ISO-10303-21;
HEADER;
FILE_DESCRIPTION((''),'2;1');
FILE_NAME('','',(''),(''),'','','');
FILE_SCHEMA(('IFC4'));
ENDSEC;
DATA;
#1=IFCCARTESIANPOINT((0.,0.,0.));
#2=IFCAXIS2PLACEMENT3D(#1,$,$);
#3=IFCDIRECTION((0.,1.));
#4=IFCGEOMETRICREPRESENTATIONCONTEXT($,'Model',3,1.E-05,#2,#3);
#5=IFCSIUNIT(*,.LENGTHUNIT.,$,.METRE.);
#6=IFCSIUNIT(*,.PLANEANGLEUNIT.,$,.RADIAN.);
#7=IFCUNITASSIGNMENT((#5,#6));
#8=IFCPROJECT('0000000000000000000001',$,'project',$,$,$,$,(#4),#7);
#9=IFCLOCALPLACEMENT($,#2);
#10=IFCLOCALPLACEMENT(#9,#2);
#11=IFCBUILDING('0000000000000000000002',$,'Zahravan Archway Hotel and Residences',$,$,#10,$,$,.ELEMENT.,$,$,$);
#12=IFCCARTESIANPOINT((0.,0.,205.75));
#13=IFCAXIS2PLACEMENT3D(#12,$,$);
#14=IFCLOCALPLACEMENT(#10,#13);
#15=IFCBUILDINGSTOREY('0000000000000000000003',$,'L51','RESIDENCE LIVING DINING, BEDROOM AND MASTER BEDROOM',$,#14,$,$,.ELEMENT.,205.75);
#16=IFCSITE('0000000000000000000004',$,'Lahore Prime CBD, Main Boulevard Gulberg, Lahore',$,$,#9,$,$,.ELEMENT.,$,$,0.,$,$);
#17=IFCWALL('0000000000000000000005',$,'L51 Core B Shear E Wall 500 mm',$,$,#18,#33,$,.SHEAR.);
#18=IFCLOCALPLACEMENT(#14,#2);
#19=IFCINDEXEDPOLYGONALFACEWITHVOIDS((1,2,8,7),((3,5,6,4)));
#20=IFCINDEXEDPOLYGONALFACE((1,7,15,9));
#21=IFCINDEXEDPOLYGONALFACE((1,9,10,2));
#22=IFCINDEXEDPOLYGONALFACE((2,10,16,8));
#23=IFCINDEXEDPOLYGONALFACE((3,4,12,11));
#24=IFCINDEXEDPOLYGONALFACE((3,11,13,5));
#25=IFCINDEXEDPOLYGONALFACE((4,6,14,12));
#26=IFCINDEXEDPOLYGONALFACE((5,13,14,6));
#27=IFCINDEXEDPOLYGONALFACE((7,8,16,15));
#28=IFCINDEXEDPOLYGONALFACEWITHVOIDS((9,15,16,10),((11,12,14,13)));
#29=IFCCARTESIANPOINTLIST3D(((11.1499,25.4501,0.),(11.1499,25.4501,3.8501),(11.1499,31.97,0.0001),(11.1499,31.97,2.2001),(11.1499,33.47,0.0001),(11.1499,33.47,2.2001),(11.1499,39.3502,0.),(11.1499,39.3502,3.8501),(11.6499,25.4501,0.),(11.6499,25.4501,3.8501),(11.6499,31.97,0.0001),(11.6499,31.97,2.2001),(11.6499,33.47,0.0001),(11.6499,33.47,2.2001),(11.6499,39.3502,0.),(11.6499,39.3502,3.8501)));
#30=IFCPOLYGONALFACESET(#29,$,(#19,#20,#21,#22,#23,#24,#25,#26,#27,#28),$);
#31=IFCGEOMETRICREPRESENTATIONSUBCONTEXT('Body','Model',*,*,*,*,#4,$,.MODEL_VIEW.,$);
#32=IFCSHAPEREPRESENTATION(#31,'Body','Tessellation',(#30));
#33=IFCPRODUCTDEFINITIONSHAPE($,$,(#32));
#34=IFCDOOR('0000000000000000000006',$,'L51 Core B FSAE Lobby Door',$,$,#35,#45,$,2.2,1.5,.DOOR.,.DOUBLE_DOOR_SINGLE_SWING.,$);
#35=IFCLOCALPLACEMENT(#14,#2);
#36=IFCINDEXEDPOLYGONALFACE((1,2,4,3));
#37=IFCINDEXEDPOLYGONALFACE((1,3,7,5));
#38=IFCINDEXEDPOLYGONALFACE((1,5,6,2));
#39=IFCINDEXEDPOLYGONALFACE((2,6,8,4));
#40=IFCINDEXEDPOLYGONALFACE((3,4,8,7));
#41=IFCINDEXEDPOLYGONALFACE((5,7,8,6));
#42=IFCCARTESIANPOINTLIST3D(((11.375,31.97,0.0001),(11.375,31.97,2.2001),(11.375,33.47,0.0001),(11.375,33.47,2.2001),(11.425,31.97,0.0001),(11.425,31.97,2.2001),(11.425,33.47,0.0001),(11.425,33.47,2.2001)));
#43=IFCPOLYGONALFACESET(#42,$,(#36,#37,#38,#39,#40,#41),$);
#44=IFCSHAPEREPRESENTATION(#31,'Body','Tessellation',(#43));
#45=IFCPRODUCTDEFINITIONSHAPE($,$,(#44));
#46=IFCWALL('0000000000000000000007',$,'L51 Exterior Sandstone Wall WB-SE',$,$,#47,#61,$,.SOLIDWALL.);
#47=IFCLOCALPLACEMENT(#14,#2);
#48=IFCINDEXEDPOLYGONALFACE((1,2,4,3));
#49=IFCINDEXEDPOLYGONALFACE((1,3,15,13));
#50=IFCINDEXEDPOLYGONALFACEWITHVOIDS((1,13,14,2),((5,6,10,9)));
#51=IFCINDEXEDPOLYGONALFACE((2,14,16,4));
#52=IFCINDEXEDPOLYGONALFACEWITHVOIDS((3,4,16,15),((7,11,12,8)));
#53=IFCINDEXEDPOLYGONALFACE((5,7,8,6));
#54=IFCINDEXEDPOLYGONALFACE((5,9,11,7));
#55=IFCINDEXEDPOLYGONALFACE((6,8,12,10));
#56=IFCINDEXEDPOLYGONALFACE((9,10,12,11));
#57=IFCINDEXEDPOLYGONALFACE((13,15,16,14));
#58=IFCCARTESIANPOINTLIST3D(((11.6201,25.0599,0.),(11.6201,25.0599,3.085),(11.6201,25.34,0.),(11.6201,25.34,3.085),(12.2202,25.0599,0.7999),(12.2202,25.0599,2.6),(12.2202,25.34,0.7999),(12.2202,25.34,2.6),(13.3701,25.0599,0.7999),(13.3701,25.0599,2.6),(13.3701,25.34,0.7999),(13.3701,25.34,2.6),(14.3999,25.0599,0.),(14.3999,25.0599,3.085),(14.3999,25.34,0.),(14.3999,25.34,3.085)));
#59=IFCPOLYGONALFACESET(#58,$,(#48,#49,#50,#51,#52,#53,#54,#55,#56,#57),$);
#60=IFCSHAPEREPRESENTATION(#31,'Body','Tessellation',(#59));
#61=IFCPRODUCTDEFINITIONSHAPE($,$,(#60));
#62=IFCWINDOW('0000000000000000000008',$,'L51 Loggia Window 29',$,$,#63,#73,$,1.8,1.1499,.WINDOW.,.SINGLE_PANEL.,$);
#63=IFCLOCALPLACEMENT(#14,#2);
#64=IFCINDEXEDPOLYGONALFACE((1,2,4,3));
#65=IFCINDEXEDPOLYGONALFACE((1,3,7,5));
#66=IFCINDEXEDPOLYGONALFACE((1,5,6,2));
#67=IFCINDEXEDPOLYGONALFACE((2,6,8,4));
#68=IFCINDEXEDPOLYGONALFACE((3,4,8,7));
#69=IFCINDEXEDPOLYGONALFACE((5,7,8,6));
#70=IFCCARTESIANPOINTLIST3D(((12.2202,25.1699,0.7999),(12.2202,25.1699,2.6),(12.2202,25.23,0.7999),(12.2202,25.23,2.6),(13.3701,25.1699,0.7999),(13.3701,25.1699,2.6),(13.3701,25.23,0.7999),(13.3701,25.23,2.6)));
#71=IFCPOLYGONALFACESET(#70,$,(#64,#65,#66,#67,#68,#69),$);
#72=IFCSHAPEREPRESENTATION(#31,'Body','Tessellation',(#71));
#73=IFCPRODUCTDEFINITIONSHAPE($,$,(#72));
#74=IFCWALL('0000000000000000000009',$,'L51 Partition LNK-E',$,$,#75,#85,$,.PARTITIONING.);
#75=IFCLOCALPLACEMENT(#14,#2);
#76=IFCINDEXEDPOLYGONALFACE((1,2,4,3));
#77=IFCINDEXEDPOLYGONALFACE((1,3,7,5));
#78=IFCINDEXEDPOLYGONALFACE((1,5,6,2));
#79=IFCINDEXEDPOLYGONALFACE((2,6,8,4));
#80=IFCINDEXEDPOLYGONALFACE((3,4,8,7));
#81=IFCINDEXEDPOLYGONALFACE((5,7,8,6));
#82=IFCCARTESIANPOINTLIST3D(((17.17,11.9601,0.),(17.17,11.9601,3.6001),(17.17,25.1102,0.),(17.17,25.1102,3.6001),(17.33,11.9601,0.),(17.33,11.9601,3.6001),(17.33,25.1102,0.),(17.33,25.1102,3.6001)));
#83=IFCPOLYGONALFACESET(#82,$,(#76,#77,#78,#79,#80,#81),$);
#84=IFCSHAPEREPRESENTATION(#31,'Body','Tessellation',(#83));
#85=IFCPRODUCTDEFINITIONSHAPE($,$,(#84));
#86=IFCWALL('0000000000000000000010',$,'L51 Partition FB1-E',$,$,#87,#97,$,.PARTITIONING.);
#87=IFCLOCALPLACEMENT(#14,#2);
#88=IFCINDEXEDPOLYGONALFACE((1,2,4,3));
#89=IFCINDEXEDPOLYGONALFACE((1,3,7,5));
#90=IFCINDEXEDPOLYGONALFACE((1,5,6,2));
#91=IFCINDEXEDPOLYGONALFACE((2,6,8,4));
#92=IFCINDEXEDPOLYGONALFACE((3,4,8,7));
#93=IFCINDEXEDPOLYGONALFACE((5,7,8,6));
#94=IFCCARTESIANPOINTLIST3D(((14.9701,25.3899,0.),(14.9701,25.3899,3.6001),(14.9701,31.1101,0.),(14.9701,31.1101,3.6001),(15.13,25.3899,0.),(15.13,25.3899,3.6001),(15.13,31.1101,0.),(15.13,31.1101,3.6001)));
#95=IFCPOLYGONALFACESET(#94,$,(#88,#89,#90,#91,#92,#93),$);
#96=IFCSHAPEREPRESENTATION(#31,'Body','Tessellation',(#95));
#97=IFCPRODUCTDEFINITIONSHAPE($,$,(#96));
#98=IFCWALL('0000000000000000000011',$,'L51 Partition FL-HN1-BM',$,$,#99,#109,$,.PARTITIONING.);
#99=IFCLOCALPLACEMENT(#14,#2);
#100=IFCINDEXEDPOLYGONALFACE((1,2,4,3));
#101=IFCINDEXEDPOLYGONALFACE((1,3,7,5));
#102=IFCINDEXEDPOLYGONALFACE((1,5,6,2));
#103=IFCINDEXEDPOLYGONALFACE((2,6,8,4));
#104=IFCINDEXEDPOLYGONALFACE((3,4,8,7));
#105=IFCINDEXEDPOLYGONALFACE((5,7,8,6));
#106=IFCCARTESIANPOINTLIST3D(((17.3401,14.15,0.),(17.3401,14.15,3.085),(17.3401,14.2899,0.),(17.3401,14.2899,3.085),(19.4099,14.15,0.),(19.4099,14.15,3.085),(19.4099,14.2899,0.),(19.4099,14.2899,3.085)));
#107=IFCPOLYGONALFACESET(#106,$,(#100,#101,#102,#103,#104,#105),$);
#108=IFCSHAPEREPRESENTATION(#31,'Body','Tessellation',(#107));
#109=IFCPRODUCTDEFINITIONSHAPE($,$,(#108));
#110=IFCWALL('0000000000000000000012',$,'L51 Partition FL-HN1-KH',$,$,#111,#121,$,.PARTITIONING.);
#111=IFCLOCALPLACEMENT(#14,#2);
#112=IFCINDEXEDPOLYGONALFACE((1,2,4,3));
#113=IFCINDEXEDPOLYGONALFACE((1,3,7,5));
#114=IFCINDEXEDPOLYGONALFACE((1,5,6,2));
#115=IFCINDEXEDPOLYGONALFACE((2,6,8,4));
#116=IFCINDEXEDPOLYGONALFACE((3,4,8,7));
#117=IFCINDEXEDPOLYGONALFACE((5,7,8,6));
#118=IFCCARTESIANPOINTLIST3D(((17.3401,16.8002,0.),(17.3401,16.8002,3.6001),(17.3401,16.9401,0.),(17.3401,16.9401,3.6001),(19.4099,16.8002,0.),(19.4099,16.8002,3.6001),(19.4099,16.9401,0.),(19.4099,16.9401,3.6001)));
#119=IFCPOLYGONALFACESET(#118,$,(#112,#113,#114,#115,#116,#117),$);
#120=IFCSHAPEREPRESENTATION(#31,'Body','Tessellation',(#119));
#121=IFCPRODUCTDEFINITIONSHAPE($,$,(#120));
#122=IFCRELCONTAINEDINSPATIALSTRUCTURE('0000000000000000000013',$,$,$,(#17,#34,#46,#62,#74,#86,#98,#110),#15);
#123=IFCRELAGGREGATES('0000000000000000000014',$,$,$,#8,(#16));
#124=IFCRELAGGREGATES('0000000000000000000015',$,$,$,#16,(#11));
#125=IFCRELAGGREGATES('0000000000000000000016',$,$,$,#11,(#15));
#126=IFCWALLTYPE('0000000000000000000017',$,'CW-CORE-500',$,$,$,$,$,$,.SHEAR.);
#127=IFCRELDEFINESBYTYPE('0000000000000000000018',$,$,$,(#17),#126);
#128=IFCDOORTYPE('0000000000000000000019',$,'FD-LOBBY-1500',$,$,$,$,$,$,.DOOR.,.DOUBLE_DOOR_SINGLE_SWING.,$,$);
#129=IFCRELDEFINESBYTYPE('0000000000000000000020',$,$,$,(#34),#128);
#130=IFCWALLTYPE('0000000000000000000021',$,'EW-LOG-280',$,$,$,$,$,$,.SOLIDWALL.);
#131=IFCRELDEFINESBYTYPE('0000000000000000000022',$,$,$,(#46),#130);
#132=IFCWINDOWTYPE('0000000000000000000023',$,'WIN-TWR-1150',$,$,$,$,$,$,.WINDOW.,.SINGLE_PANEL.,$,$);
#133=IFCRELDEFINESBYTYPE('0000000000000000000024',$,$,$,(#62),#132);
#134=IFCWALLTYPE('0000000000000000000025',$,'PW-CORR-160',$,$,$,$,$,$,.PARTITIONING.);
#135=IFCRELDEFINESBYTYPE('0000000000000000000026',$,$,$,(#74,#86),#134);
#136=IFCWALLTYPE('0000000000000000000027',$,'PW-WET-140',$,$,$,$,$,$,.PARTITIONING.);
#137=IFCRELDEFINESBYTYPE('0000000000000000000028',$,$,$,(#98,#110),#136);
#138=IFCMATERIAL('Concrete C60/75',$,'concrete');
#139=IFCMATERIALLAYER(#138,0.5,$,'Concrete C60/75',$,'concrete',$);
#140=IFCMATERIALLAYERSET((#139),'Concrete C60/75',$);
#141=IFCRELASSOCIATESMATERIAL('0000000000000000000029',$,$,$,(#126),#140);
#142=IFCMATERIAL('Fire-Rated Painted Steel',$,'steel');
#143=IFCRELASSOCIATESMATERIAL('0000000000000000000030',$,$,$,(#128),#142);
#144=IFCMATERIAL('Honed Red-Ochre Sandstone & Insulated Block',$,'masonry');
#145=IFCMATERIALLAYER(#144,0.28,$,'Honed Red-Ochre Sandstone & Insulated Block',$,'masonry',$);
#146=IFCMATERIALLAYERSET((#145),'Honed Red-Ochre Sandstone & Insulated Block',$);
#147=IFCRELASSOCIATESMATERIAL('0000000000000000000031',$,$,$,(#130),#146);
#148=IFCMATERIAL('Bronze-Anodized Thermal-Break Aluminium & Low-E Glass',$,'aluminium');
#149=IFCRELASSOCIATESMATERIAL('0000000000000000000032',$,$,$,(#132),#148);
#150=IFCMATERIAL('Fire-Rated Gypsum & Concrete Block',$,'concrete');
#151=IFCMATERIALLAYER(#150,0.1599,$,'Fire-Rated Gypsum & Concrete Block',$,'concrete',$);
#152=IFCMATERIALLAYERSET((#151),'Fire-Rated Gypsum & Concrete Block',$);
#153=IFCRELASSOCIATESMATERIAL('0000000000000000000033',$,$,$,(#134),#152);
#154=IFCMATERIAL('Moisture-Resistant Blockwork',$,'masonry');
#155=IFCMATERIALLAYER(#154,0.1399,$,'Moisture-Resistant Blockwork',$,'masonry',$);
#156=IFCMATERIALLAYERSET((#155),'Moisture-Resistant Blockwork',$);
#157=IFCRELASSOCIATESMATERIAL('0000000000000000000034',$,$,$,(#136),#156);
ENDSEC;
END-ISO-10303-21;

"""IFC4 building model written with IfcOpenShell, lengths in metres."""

from ifc_helpers import new_model, si_unit, direction, frame, frame_2d, origin, place, context, subcontext, project, spatial, rectangle, extrude, source, transform, mapped, material, layer, layer_set, type_object, type_shapes, element, fill, save


model = new_model("IFC4")

# Units and contexts
model_context = context("Model", 3, precision=1e-05, world=origin(), true_north=direction((0.0, 1.0)))
body_context = subcontext(model_context, "Body", "Model", "MODEL_VIEW")
ifc_project = project(units=[si_unit("LENGTHUNIT", "METRE"), si_unit("PLANEANGLEUNIT", "RADIAN")], contexts=[model_context])

# Site, building, storey
site_placement = place(None, origin())
site = spatial("IfcSite", under=ifc_project, at=site_placement, Name="Lahore Prime CBD, Main Boulevard Gulberg, Lahore", CompositionType="ELEMENT", RefElevation=0.0)
building_placement = place(site_placement, origin())
building = spatial("IfcBuilding", under=site, at=building_placement, Name="Zahravan Archway Hotel and Residences", CompositionType="ELEMENT")
storey_placement = place(building_placement, frame((0.0, 0.0, 205.75)))
storey = spatial("IfcBuildingStorey", under=building, at=storey_placement, Name="L51", Description="RESIDENCE LIVING DINING, BEDROOM AND MASTER BEDROOM", CompositionType="ELEMENT", Elevation=205.75)

# Shared definitions
ifc_material_1 = material(Name="Concrete C60/75", Category="concrete")

# Wall, opening, door
ifc_layer_1 = layer(ifc_material_1, 0.5, Name="Concrete C60/75", Category="concrete")
ifc_layer_set_1 = layer_set([ifc_layer_1], Name="Concrete C60/75")
wall_type_1 = type_object("IfcWallType", Name="CW-CORE-500", PredefinedType="SHEAR", material=ifc_layer_set_1)
wall_1_placement = place(storey_placement, frame((11.3999, 25.45, 0.0), z_axis=(0.0, 0.0, 1.0), x_axis=(0.0, 1.0, 0.0)))
wall_1 = element("IfcWall", 1, at=wall_1_placement, inside=storey, type_object=wall_type_1, Name="L51 Core B Shear E Wall 500 mm", PredefinedType="SHEAR", context=body_context, shape_type="SweptSolid", body=[
    extrude(rectangle(XDim=13.9001, YDim=0.5, at=frame_2d((6.9502, 0.0))), origin(), (0.0, 0.0, 1.0), 3.8501),
])
opening_1_placement = place(wall_1_placement, frame((6.52, 0.0, 0.0)))
opening_1 = element("IfcOpeningElement", 2, at=opening_1_placement, cuts=wall_1, PredefinedType="OPENING", context=body_context, shape_type="SweptSolid", body=[
    extrude(rectangle(XDim=1.5, YDim=2.2, at=frame_2d((0.75, 1.1001))), frame((0.0, 0.26, 0.0), z_axis=(0.0, -1.0, 0.0), x_axis=(1.0, 0.0, 0.0)), (0.0, 0.0, 1.0), 0.52),
])
ifc_material_2 = material(Name="Fire-Rated Painted Steel", Category="steel")
door_type = type_object("IfcDoorType", Name="FD-LOBBY-1500", OperationType="DOUBLE_DOOR_SINGLE_SWING", PredefinedType="DOOR", material=ifc_material_2)
shared_shape_1 = source(origin(), body_context, "Body", "SweptSolid", [
    extrude(rectangle(XDim=1.5, YDim=2.2, at=frame_2d((0.75, 1.1001))), frame((0.0, 0.0249, 0.0), z_axis=(0.0, -1.0, 0.0), x_axis=(1.0, 0.0, 0.0)), (0.0, 0.0, 1.0), 0.05),
])
type_shapes(door_type, [shared_shape_1])
door_placement = place(opening_1_placement, origin())
door = element("IfcDoor", 3, at=door_placement, inside=storey, type_object=door_type, Name="L51 Core B FSAE Lobby Door", OperationType="DOUBLE_DOOR_SINGLE_SWING", OverallHeight=2.2, OverallWidth=1.5, PredefinedType="DOOR", context=body_context, shape_type="MappedRepresentation", body=[
    mapped(shared_shape_1, transform((0.0, 0.0, 0.0), scale=1.0)),
])
fill(opening_1, door)

# Wall, opening, window
ifc_material_3 = material(Name="Honed Red-Ochre Sandstone & Insulated Block", Category="masonry")
ifc_layer_2 = layer(ifc_material_3, 0.28, Name="Honed Red-Ochre Sandstone & Insulated Block", Category="masonry")
ifc_layer_set_2 = layer_set([ifc_layer_2], Name="Honed Red-Ochre Sandstone & Insulated Block")
wall_type_2 = type_object("IfcWallType", Name="EW-LOG-280", PredefinedType="SOLIDWALL", material=ifc_layer_set_2)
wall_2_placement = place(storey_placement, frame((11.6201, 25.2, 0.0), z_axis=(0.0, 0.0, 1.0), x_axis=(1.0, 0.0, 0.0)))
wall_2 = element("IfcWall", 4, at=wall_2_placement, inside=storey, type_object=wall_type_2, Name="L51 Exterior Sandstone Wall WB-SE", PredefinedType="SOLIDWALL", context=body_context, shape_type="SweptSolid", body=[
    extrude(rectangle(XDim=2.7798, YDim=0.28, at=frame_2d((1.3899, 0.0))), origin(), (0.0, 0.0, 1.0), 3.085),
])
opening_2_placement = place(wall_2_placement, frame((0.6001, 0.0, 0.8)))
opening_2 = element("IfcOpeningElement", 5, at=opening_2_placement, cuts=wall_2, PredefinedType="OPENING", context=body_context, shape_type="SweptSolid", body=[
    extrude(rectangle(XDim=1.1499, YDim=1.8, at=frame_2d((0.575, 0.8999))), frame((0.0, 0.1499, 0.0), z_axis=(0.0, -1.0, 0.0), x_axis=(1.0, 0.0, 0.0)), (0.0, 0.0, 1.0), 0.3),
])
ifc_material_4 = material(Name="Bronze-Anodized Thermal-Break Aluminium & Low-E Glass", Category="aluminium")
window_type = type_object("IfcWindowType", Name="WIN-TWR-1150", PartitioningType="SINGLE_PANEL", PredefinedType="WINDOW", material=ifc_material_4)
shared_shape_2 = source(origin(), body_context, "Body", "SweptSolid", [
    extrude(rectangle(XDim=1.1499, YDim=1.8, at=frame_2d((0.575, 0.8999))), frame((0.0, 0.03, 0.0), z_axis=(0.0, -1.0, 0.0), x_axis=(1.0, 0.0, 0.0)), (0.0, 0.0, 1.0), 0.0601),
])
type_shapes(window_type, [shared_shape_2])
window_placement = place(opening_2_placement, origin())
window = element("IfcWindow", 6, at=window_placement, inside=storey, type_object=window_type, Name="L51 Loggia Window 29", OverallHeight=1.8, OverallWidth=1.1499, PartitioningType="SINGLE_PANEL", PredefinedType="WINDOW", context=body_context, shape_type="MappedRepresentation", body=[
    mapped(shared_shape_2, transform((0.0, 0.0, 0.0), scale=1.0)),
])
fill(opening_2, window)

# Walls
ifc_material_5 = material(Name="Fire-Rated Gypsum & Concrete Block", Category="concrete")
ifc_layer_3 = layer(ifc_material_5, 0.1599, Name="Fire-Rated Gypsum & Concrete Block", Category="concrete")
ifc_layer_set_3 = layer_set([ifc_layer_3], Name="Fire-Rated Gypsum & Concrete Block")
wall_type_3 = type_object("IfcWallType", Name="PW-CORR-160", PredefinedType="PARTITIONING", material=ifc_layer_set_3)
wall_3_placement = place(storey_placement, frame((17.25, 11.96, 0.0), z_axis=(0.0, 0.0, 1.0), x_axis=(0.0, 1.0, 0.0)))
element("IfcWall", 7, at=wall_3_placement, inside=storey, type_object=wall_type_3, Name="L51 Partition LNK-E", PredefinedType="PARTITIONING", context=body_context, shape_type="SweptSolid", body=[
    extrude(rectangle(XDim=13.1501, YDim=0.1599, at=frame_2d((6.5752, 0.0))), origin(), (0.0, 0.0, 1.0), 3.6001),
])
wall_4_placement = place(storey_placement, frame((15.05, 25.3899, 0.0), z_axis=(0.0, 0.0, 1.0), x_axis=(0.0, 1.0, 0.0)))
element("IfcWall", 8, at=wall_4_placement, inside=storey, type_object=wall_type_3, Name="L51 Partition FB1-E", PredefinedType="PARTITIONING", context=body_context, shape_type="SweptSolid", body=[
    extrude(rectangle(XDim=5.7202, YDim=0.1599, at=frame_2d((2.8601, 0.0))), origin(), (0.0, 0.0, 1.0), 3.6001),
])
ifc_material_6 = material(Name="Moisture-Resistant Blockwork", Category="masonry")
ifc_layer_4 = layer(ifc_material_6, 0.1399, Name="Moisture-Resistant Blockwork", Category="masonry")
ifc_layer_set_4 = layer_set([ifc_layer_4], Name="Moisture-Resistant Blockwork")
wall_type_4 = type_object("IfcWallType", Name="PW-WET-140", PredefinedType="PARTITIONING", material=ifc_layer_set_4)
wall_5_placement = place(storey_placement, frame((17.3401, 14.22, 0.0), z_axis=(0.0, 0.0, 1.0), x_axis=(1.0, 0.0, 0.0)))
element("IfcWall", 9, at=wall_5_placement, inside=storey, type_object=wall_type_4, Name="L51 Partition FL-HN1-BM", PredefinedType="PARTITIONING", context=body_context, shape_type="SweptSolid", body=[
    extrude(rectangle(XDim=2.0698, YDim=0.1399, at=frame_2d((1.0349, 0.0))), origin(), (0.0, 0.0, 1.0), 3.085),
])
wall_6_placement = place(storey_placement, frame((17.3401, 16.8701, 0.0), z_axis=(0.0, 0.0, 1.0), x_axis=(1.0, 0.0, 0.0)))
element("IfcWall", 10, at=wall_6_placement, inside=storey, type_object=wall_type_4, Name="L51 Partition FL-HN1-KH", PredefinedType="PARTITIONING", context=body_context, shape_type="SweptSolid", body=[
    extrude(rectangle(XDim=2.0698, YDim=0.1399, at=frame_2d((1.0349, 0.0))), origin(), (0.0, 0.0, 1.0), 3.6001),
])

save(model, "model.ifc")
